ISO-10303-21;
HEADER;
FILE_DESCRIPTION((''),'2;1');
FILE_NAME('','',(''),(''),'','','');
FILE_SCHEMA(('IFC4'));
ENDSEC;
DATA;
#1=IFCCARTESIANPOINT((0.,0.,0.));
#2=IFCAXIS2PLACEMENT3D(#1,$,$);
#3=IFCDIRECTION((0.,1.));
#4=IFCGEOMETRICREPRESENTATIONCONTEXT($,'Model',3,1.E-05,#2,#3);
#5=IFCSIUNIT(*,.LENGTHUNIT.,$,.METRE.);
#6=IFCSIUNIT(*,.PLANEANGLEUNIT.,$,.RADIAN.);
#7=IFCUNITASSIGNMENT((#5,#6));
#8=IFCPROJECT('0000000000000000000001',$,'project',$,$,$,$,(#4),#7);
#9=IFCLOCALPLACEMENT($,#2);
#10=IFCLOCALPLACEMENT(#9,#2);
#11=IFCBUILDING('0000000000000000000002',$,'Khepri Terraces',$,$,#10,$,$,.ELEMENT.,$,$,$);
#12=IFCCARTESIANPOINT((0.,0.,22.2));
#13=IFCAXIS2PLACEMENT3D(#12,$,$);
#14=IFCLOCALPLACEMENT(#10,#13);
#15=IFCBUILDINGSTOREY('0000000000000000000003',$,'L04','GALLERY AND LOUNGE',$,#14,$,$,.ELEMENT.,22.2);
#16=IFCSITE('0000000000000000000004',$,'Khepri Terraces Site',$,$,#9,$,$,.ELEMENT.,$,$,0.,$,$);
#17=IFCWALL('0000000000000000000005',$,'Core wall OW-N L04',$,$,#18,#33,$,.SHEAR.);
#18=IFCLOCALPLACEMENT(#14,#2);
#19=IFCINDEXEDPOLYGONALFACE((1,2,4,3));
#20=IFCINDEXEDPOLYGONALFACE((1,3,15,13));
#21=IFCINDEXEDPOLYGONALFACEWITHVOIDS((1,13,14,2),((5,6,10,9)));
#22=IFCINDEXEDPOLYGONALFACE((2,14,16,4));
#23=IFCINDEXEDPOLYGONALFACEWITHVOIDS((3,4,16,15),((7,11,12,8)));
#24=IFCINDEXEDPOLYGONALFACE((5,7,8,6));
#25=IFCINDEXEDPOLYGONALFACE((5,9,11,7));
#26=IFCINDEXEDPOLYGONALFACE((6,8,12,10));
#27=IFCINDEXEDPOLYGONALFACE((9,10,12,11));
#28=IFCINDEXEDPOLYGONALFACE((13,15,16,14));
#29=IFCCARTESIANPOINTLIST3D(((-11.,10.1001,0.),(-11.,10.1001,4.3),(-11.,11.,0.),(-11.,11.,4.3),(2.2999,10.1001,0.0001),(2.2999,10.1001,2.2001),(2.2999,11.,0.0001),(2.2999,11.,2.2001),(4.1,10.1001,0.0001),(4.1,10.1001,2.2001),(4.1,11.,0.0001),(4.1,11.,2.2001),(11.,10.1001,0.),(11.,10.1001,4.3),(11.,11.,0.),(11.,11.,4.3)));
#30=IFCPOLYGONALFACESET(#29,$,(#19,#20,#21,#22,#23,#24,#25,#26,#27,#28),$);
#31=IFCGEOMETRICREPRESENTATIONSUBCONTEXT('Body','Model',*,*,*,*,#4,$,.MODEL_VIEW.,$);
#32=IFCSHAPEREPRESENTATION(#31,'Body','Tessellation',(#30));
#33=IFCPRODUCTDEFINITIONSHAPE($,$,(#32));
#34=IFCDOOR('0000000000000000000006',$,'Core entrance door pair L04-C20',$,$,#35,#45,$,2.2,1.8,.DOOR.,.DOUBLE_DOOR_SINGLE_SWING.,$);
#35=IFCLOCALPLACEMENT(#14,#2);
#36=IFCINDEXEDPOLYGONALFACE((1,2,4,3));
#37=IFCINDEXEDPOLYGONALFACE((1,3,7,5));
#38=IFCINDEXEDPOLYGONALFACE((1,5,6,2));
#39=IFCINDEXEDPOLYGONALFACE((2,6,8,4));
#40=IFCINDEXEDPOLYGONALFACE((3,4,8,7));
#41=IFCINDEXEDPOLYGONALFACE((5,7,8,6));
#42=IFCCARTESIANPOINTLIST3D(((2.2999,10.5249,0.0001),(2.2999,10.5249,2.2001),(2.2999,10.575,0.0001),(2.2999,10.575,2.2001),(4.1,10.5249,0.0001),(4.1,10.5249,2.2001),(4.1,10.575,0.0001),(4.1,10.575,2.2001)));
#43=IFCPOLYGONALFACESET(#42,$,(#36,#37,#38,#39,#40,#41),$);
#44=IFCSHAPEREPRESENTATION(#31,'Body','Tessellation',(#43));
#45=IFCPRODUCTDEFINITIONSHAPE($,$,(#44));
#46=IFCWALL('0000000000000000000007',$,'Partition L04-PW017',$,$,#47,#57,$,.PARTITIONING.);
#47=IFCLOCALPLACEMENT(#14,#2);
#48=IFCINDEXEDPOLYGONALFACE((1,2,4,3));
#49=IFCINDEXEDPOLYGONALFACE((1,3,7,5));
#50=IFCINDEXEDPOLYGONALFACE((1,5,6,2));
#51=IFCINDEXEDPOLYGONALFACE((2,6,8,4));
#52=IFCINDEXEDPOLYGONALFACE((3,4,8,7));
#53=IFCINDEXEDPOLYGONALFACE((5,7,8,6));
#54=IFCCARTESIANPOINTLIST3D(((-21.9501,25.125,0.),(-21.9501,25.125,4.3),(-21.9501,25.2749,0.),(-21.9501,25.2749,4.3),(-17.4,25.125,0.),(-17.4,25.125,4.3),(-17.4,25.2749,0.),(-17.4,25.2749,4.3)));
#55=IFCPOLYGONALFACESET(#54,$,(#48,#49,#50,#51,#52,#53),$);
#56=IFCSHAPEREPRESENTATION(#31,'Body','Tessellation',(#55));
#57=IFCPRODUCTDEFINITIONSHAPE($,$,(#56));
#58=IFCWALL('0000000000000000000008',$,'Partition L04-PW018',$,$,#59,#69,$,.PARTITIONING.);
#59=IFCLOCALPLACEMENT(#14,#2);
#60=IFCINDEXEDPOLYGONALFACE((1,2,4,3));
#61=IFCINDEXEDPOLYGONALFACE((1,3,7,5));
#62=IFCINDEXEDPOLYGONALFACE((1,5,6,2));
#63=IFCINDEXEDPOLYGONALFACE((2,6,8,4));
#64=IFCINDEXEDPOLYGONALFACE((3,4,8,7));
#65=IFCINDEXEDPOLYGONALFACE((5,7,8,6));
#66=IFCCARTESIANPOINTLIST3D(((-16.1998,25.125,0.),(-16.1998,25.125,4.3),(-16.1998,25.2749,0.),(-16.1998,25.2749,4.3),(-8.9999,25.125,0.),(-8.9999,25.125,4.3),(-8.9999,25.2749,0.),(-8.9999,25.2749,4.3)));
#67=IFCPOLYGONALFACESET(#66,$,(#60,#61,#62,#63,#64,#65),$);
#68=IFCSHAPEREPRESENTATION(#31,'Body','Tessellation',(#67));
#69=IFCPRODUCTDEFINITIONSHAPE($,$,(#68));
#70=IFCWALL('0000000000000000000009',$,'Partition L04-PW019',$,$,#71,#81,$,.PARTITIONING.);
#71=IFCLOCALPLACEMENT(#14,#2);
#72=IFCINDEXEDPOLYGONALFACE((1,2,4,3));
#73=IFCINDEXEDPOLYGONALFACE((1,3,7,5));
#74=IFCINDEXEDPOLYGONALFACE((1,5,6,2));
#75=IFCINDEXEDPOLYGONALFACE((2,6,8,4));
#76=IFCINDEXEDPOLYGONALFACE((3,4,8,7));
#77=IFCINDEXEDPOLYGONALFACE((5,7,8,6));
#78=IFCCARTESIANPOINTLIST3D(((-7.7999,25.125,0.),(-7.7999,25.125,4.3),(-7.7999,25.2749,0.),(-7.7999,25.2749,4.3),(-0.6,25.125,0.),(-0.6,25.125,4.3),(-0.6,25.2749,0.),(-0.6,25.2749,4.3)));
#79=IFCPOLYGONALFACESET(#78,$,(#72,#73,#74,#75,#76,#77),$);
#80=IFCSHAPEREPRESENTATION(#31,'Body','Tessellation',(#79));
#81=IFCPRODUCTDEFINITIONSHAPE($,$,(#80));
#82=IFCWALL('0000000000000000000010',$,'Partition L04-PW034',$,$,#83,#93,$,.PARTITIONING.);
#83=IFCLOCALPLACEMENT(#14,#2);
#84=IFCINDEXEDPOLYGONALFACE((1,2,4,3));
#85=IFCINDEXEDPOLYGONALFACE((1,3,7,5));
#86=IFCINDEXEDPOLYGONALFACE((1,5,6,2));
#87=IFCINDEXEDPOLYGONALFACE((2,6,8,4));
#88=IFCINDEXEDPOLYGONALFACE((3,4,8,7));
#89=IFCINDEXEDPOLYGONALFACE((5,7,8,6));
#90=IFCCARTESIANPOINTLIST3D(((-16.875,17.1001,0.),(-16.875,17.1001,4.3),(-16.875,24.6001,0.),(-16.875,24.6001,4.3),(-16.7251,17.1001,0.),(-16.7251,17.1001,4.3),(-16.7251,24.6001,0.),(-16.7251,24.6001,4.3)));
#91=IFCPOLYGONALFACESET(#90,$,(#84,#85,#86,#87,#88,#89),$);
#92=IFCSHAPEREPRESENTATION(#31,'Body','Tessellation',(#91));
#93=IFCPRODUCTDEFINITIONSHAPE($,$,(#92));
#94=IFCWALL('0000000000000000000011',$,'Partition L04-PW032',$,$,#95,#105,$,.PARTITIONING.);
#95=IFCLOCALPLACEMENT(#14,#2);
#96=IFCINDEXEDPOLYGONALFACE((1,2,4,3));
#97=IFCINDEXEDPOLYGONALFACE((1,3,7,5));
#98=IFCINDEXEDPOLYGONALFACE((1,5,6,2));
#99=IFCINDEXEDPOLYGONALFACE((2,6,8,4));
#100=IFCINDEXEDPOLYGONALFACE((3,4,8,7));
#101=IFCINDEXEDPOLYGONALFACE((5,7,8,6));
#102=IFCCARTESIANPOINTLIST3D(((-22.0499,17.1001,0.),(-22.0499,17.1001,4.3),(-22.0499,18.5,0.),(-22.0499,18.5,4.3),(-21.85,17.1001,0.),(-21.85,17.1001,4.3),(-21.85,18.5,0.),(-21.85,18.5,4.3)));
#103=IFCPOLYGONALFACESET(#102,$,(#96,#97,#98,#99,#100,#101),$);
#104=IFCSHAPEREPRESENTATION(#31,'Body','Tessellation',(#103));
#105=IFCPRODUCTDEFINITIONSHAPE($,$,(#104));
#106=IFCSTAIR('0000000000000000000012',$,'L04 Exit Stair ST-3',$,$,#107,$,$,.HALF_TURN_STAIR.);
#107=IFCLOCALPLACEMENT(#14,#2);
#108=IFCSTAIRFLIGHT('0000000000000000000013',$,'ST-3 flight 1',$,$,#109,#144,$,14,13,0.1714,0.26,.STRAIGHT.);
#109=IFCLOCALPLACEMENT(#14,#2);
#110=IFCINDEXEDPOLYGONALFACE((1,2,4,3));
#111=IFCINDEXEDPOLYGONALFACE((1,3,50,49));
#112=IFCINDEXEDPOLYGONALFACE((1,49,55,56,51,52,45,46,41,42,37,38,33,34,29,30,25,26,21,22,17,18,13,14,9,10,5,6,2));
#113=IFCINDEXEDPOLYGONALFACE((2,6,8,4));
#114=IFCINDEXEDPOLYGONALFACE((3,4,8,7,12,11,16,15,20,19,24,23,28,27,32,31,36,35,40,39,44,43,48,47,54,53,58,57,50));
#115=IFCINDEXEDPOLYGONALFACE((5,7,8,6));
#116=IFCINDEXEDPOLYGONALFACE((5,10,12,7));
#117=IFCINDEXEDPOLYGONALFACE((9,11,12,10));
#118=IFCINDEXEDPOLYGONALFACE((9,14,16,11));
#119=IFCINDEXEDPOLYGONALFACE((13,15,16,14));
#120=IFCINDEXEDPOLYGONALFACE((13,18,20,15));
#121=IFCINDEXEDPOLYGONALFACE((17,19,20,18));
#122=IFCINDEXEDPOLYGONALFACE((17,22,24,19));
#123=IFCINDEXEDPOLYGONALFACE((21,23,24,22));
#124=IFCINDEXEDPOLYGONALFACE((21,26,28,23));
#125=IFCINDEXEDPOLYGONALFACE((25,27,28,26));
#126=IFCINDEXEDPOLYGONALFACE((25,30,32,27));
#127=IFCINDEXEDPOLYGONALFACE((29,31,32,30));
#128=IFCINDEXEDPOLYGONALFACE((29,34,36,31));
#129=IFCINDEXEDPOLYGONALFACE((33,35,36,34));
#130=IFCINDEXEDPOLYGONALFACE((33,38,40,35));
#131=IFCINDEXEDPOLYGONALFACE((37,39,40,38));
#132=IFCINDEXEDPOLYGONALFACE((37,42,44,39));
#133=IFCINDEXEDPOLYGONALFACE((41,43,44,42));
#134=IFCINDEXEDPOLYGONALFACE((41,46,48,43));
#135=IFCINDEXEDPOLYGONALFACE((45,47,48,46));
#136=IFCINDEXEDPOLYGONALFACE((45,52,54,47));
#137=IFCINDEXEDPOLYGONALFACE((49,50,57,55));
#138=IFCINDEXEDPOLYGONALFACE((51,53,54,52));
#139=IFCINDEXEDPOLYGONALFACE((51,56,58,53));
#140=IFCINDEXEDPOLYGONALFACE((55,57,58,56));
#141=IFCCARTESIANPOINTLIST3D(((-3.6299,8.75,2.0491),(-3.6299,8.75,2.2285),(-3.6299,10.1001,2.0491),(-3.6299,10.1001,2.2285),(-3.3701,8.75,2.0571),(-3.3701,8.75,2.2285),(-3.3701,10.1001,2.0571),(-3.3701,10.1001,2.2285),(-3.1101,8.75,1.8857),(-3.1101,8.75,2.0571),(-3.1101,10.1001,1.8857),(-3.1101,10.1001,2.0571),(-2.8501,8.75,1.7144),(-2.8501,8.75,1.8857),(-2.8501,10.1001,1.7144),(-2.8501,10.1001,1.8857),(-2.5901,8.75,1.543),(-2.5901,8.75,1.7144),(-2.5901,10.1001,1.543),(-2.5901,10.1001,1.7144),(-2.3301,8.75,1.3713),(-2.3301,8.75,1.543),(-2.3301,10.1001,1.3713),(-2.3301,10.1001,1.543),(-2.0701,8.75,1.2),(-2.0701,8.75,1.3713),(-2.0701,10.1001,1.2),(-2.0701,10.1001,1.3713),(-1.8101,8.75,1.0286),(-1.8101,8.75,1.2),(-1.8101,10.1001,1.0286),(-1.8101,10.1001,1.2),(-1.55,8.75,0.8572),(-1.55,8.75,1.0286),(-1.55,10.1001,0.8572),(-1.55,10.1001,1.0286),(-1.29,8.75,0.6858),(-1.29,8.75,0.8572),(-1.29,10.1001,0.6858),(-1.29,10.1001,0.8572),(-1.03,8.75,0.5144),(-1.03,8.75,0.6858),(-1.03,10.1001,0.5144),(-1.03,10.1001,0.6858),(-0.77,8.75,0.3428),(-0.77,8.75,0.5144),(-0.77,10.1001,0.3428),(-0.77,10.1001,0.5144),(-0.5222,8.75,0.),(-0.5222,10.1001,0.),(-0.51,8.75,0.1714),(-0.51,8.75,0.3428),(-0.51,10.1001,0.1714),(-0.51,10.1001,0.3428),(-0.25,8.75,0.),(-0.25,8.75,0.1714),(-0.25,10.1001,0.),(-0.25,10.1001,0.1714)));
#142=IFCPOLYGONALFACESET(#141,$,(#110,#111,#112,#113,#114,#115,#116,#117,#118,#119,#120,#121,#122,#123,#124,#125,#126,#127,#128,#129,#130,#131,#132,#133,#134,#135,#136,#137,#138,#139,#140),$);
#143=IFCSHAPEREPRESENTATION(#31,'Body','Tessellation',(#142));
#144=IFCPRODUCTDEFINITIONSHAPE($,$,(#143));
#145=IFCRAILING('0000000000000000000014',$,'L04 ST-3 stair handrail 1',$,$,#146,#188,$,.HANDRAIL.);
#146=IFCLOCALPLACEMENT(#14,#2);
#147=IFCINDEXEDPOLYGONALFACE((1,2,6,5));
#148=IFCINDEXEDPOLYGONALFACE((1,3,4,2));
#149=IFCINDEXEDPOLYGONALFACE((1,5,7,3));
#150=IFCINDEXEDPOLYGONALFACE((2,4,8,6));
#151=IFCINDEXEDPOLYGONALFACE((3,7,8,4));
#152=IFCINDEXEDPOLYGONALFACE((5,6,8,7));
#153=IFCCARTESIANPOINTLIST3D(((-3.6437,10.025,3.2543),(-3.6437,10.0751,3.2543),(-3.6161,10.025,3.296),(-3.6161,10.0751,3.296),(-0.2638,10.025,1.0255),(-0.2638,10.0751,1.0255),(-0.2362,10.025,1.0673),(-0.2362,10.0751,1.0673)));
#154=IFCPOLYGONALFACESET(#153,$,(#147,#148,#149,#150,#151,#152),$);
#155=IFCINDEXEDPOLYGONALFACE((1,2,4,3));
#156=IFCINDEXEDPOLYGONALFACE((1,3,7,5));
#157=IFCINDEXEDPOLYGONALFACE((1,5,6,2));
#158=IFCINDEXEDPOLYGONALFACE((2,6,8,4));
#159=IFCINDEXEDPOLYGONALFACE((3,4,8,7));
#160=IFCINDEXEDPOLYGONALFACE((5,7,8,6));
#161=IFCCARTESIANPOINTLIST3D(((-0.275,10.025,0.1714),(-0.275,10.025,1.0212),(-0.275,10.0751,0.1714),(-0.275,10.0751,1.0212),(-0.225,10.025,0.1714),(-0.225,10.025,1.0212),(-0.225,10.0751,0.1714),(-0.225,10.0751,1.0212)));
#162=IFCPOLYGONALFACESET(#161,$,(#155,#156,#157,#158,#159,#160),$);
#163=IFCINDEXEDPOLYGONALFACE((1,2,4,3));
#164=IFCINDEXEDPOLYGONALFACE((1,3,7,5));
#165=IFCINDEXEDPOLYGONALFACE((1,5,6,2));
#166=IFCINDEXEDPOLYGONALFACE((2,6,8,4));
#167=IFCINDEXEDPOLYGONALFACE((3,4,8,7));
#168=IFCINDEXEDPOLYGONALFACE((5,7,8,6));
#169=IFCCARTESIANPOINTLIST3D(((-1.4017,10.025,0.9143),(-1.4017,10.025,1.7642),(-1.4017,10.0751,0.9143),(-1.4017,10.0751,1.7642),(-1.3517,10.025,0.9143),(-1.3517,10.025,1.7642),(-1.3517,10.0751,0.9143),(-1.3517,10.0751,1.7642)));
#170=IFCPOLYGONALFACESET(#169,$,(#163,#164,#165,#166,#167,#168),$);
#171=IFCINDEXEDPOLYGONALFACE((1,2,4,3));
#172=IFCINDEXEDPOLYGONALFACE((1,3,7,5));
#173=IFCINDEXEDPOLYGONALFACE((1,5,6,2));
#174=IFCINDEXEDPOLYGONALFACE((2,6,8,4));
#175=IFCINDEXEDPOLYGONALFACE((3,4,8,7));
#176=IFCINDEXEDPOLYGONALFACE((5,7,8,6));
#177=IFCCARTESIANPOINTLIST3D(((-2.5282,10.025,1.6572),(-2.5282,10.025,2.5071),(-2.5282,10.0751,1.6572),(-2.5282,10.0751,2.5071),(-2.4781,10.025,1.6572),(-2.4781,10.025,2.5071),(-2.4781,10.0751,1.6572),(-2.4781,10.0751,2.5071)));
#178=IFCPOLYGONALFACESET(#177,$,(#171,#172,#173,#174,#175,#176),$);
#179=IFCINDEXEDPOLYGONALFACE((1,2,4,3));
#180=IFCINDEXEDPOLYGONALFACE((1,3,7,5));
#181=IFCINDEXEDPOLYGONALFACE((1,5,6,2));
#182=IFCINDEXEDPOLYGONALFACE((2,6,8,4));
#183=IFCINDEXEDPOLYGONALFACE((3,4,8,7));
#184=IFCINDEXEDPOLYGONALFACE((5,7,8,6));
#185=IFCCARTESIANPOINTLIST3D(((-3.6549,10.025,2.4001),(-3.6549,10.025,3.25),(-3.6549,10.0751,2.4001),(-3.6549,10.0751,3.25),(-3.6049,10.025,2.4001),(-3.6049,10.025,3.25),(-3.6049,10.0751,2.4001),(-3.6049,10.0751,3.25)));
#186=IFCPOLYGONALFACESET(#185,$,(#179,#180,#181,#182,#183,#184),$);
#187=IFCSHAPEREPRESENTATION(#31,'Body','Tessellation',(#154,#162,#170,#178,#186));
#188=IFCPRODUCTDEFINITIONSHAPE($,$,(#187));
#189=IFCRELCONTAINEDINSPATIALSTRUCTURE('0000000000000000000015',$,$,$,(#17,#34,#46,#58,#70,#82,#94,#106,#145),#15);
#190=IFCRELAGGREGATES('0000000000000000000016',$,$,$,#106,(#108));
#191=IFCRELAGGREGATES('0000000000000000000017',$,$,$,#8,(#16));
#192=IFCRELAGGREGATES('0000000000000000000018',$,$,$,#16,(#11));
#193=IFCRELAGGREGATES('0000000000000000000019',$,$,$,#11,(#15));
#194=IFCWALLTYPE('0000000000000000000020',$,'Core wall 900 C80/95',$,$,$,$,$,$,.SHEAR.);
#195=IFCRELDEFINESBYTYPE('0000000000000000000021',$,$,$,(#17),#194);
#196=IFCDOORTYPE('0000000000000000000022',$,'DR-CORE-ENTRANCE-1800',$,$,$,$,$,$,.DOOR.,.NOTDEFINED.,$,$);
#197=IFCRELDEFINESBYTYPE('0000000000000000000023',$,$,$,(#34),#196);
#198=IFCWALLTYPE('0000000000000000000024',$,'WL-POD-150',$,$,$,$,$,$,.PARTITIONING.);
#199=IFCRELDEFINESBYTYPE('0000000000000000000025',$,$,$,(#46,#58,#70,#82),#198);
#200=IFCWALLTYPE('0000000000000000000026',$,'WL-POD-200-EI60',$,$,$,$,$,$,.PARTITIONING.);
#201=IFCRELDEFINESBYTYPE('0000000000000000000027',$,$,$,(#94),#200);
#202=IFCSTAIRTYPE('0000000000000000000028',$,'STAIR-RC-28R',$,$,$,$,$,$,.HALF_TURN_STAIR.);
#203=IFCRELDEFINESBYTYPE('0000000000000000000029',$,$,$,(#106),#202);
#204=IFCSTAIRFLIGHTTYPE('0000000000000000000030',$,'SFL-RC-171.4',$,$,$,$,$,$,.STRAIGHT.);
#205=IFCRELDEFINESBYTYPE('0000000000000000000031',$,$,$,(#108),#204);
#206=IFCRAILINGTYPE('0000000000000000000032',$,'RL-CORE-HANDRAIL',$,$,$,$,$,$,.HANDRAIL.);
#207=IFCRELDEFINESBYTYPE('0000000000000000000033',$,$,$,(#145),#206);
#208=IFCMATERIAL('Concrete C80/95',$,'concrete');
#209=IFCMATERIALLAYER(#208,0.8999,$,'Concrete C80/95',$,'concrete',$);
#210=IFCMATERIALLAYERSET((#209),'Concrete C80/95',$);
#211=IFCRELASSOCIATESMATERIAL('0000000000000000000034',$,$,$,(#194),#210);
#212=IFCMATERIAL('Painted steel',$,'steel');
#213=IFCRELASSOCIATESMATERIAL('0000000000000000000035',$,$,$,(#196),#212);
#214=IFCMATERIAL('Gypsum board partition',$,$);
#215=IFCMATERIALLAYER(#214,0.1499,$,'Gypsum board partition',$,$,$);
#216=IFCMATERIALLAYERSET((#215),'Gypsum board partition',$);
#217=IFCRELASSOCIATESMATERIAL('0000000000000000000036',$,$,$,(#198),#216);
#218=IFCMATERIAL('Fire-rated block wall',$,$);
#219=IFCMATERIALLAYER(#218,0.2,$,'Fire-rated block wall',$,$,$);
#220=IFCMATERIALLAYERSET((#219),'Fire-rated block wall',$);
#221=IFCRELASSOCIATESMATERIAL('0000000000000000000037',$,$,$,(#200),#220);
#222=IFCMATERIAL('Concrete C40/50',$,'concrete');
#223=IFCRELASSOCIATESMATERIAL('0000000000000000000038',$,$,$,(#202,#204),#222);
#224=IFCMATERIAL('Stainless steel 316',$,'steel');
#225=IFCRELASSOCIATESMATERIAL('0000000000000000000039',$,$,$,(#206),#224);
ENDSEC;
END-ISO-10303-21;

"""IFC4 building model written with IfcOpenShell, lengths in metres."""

from ifc_helpers import new_model, si_unit, direction, frame, frame_2d, origin, origin_2d, place, context, subcontext, project, spatial, polyline, rectangle, outline, extrude, material, layer, layer_set, type_object, element, fill, aggregate, save


model = new_model("IFC4")

# Units and contexts
model_context = context("Model", 3, precision=1e-05, world=origin(), true_north=direction((0.0, 1.0)))
body_context = subcontext(model_context, "Body", "Model", "MODEL_VIEW")
ifc_project = project(units=[si_unit("LENGTHUNIT", "METRE"), si_unit("PLANEANGLEUNIT", "RADIAN")], contexts=[model_context])

# Site, building, storey
site_placement = place(None, origin())
site = spatial("IfcSite", under=ifc_project, at=site_placement, Name="Khepri Terraces Site", CompositionType="ELEMENT", RefElevation=0.0)
building_placement = place(site_placement, origin())
building = spatial("IfcBuilding", under=site, at=building_placement, Name="Khepri Terraces", CompositionType="ELEMENT")
storey_placement = place(building_placement, frame((0.0, 0.0, 22.2)))
storey = spatial("IfcBuildingStorey", under=building, at=storey_placement, Name="L04", Description="GALLERY AND LOUNGE", CompositionType="ELEMENT", Elevation=22.2)

# Shared definitions
ifc_material_1 = material(Name="Concrete C80/95", Category="concrete")

# Wall, opening, door
ifc_layer_1 = layer(ifc_material_1, 0.8999, Name="Concrete C80/95", Category="concrete")
ifc_layer_set_1 = layer_set([ifc_layer_1], Name="Concrete C80/95")
wall_type_1 = type_object("IfcWallType", Name="Core wall 900 C80/95", PredefinedType="SHEAR", material=ifc_layer_set_1)
wall_1_placement = place(storey_placement, frame((-11.0, 10.55, 0.0), z_axis=(0.0, 0.0, 1.0), x_axis=(1.0, 0.0, 0.0)))
wall_1 = element("IfcWall", 1, at=wall_1_placement, inside=storey, type_object=wall_type_1, Name="Core wall OW-N L04", PredefinedType="SHEAR", context=body_context, shape_type="SweptSolid", body=[
    extrude(rectangle(XDim=22.0, YDim=0.8999, at=frame_2d((11.0, 0.0))), origin(), (0.0, 0.0, 1.0), 4.3),
])
opening_1_placement = place(wall_1_placement, frame((13.3, 0.0, 0.0)))
opening_1 = element("IfcOpeningElement", 2, at=opening_1_placement, cuts=wall_1, PredefinedType="OPENING", context=body_context, shape_type="SweptSolid", body=[
    extrude(rectangle(XDim=1.8, YDim=2.2, at=frame_2d((0.8999, 1.1001))), frame((0.0, 0.46, 0.0), z_axis=(0.0, -1.0, 0.0), x_axis=(1.0, 0.0, 0.0)), (0.0, 0.0, 1.0), 0.9199),
])
ifc_material_2 = material(Name="Painted steel", Category="steel")
door_type_1 = type_object("IfcDoorType", Name="DR-CORE-ENTRANCE-1800", OperationType="NOTDEFINED", PredefinedType="DOOR", material=ifc_material_2)
door_1_placement = place(opening_1_placement, origin())
door_1 = element("IfcDoor", 3, at=door_1_placement, inside=storey, type_object=door_type_1, Name="Core entrance door pair L04-C20", OperationType="DOUBLE_DOOR_SINGLE_SWING", OverallHeight=2.2, OverallWidth=1.8, PredefinedType="DOOR", context=body_context, shape_type="SweptSolid", body=[
    extrude(rectangle(XDim=1.8, YDim=2.2, at=frame_2d((0.8999, 1.1001))), frame((0.0, 0.0249, 0.0), z_axis=(0.0, -1.0, 0.0), x_axis=(1.0, 0.0, 0.0)), (0.0, 0.0, 1.0), 0.05),
])
fill(opening_1, door_1)

# Walls
ifc_material_3 = material(Name="Gypsum board partition")
ifc_layer_2 = layer(ifc_material_3, 0.1499, Name="Gypsum board partition")
ifc_layer_set_2 = layer_set([ifc_layer_2], Name="Gypsum board partition")
wall_type_2 = type_object("IfcWallType", Name="WL-POD-150", PredefinedType="PARTITIONING", material=ifc_layer_set_2)
wall_2_placement = place(storey_placement, frame((-21.95, 25.2, 0.0), z_axis=(0.0, 0.0, 1.0), x_axis=(1.0, 0.0, 0.0)))
element("IfcWall", 4, at=wall_2_placement, inside=storey, type_object=wall_type_2, Name="Partition L04-PW017", PredefinedType="PARTITIONING", context=body_context, shape_type="SweptSolid", body=[
    extrude(rectangle(XDim=4.55, YDim=0.1499, at=frame_2d((2.2749, 0.0))), origin(), (0.0, 0.0, 1.0), 4.3),
])
for number, where, z_axis, x_axis, name in (
    (5, (-16.2, 25.2, 0.0), (0.0, 0.0, 1.0), (1.0, 0.0, 0.0), "Partition L04-PW018"),
    (6, (-7.8, 25.2, 0.0), (0.0, 0.0, 1.0), (1.0, 0.0, 0.0), "Partition L04-PW019"),
):
    element("IfcWall", number, at=place(storey_placement, frame(where, z_axis=z_axis, x_axis=x_axis)), inside=storey, type_object=wall_type_2, Name=name, PredefinedType="PARTITIONING", context=body_context, shape_type="SweptSolid", body=[
        extrude(rectangle(XDim=7.2, YDim=0.1499, at=frame_2d((3.6001, 0.0))), origin(), (0.0, 0.0, 1.0), 4.3),
    ])
wall_3_placement = place(storey_placement, frame((-16.8, 17.1001, 0.0), z_axis=(0.0, 0.0, 1.0), x_axis=(0.0, 1.0, 0.0)))
element("IfcWall", 7, at=wall_3_placement, inside=storey, type_object=wall_type_2, Name="Partition L04-PW034", PredefinedType="PARTITIONING", context=body_context, shape_type="SweptSolid", body=[
    extrude(rectangle(XDim=7.5, YDim=0.1499, at=frame_2d((3.75, 0.0))), origin(), (0.0, 0.0, 1.0), 4.3),
])
ifc_material_4 = material(Name="Fire-rated block wall")
ifc_layer_3 = layer(ifc_material_4, 0.2, Name="Fire-rated block wall")
ifc_layer_set_3 = layer_set([ifc_layer_3], Name="Fire-rated block wall")
wall_type_3 = type_object("IfcWallType", Name="WL-POD-200-EI60", PredefinedType="PARTITIONING", material=ifc_layer_set_3)
wall_4_placement = place(storey_placement, frame((-21.95, 17.1001, 0.0), z_axis=(0.0, 0.0, 1.0), x_axis=(0.0, 1.0, 0.0)))
element("IfcWall", 8, at=wall_4_placement, inside=storey, type_object=wall_type_3, Name="Partition L04-PW032", PredefinedType="PARTITIONING", context=body_context, shape_type="SweptSolid", body=[
    extrude(rectangle(XDim=1.3999, YDim=0.2, at=frame_2d((0.7, 0.0))), origin(), (0.0, 0.0, 1.0), 4.3),
])

# Stair, stair flight
ifc_material_5 = material(Name="Concrete C40/50", Category="concrete")
stair_type = type_object("IfcStairType", Name="STAIR-RC-28R", PredefinedType="HALF_TURN_STAIR", material=ifc_material_5)
stair_placement = place(storey_placement, origin())
stair = element("IfcStair", 9, at=stair_placement, inside=storey, type_object=stair_type, Name="L04 Exit Stair ST-3", PredefinedType="HALF_TURN_STAIR")
stair_flight_type = type_object("IfcStairFlightType", Name="SFL-RC-171.4", PredefinedType="STRAIGHT", material=ifc_material_5)
stair_flight_placement = place(storey_placement, frame((-0.25, 9.425, 0.0), z_axis=(0.0, 0.0, 1.0), x_axis=(-1.0, 0.0, 0.0)))
stair_flight = element("IfcStairFlight", 10, at=stair_flight_placement, type_object=stair_flight_type, Name="ST-3 flight 1", NumberOfRisers=14, NumberOfTreads=13, PredefinedType="STRAIGHT", RiserHeight=0.1714, TreadLength=0.26, context=body_context, shape_type="SweptSolid", body=[
    extrude(outline(polyline([(0.0, 0.0), (0.0, 0.1714), (0.26, 0.1714), (0.26, 0.3428), (0.52, 0.3428), (0.52, 0.5144), (0.78, 0.5144), (0.78, 0.6858), (1.04, 0.6858), (1.04, 0.8572), (1.3, 0.8572), (1.3, 1.0286), (1.5601, 1.0286), (1.5601, 1.2), (1.8201, 1.2), (1.8201, 1.3713), (2.0801, 1.3713), (2.0801, 1.543), (2.3401, 1.543), (2.3401, 1.7144), (2.6001, 1.7144), (2.6001, 1.8857), (2.8601, 1.8857), (2.8601, 2.0571), (3.1201, 2.0571), (3.1201, 2.2285), (3.3799, 2.2285), (3.3799, 2.3999), (3.3799, 2.0491), (0.2722, 0.0), (0.0, 0.0)])), frame((0.0, 0.675, 0.0), z_axis=(0.0, -1.0, 0.0), x_axis=(1.0, 0.0, 0.0)), (0.0, 0.0, 1.0), 1.3501),
])
aggregate(stair, [stair_flight])

# Railing
ifc_material_6 = material(Name="Stainless steel 316", Category="steel")
railing_type = type_object("IfcRailingType", Name="RL-CORE-HANDRAIL", PredefinedType="HANDRAIL", material=ifc_material_6)
railing_placement = place(storey_placement, frame((-0.25, 10.05, 0.1714)))
element("IfcRailing", 11, at=railing_placement, inside=storey, type_object=railing_type, Name="L04 ST-3 stair handrail 1", PredefinedType="HANDRAIL", context=body_context, shape_type="SweptSolid", body=[
    extrude(rectangle(XDim=0.05, YDim=0.05, at=origin_2d()), frame((0.0, 0.0, 0.875), z_axis=(-0.834832, 0.0, 0.550504), x_axis=(0.0, -1.0, 0.0)), (0.0, 0.0, 1.0), 4.0486),
    extrude(rectangle(XDim=0.05, YDim=0.05, at=origin_2d()), origin(), (0.0, 0.0, 1.0), 0.8499),
    extrude(rectangle(XDim=0.05, YDim=0.05, at=origin_2d()), frame((-1.1267, 0.0, 0.7429)), (0.0, 0.0, 1.0), 0.8499),
    extrude(rectangle(XDim=0.05, YDim=0.05, at=origin_2d()), frame((-2.2532, 0.0, 1.4858)), (0.0, 0.0, 1.0), 0.8499),
    extrude(rectangle(XDim=0.05, YDim=0.05, at=origin_2d()), frame((-3.3799, 0.0, 2.2288)), (0.0, 0.0, 1.0), 0.8499),
])

save(model, "model.ifc")
